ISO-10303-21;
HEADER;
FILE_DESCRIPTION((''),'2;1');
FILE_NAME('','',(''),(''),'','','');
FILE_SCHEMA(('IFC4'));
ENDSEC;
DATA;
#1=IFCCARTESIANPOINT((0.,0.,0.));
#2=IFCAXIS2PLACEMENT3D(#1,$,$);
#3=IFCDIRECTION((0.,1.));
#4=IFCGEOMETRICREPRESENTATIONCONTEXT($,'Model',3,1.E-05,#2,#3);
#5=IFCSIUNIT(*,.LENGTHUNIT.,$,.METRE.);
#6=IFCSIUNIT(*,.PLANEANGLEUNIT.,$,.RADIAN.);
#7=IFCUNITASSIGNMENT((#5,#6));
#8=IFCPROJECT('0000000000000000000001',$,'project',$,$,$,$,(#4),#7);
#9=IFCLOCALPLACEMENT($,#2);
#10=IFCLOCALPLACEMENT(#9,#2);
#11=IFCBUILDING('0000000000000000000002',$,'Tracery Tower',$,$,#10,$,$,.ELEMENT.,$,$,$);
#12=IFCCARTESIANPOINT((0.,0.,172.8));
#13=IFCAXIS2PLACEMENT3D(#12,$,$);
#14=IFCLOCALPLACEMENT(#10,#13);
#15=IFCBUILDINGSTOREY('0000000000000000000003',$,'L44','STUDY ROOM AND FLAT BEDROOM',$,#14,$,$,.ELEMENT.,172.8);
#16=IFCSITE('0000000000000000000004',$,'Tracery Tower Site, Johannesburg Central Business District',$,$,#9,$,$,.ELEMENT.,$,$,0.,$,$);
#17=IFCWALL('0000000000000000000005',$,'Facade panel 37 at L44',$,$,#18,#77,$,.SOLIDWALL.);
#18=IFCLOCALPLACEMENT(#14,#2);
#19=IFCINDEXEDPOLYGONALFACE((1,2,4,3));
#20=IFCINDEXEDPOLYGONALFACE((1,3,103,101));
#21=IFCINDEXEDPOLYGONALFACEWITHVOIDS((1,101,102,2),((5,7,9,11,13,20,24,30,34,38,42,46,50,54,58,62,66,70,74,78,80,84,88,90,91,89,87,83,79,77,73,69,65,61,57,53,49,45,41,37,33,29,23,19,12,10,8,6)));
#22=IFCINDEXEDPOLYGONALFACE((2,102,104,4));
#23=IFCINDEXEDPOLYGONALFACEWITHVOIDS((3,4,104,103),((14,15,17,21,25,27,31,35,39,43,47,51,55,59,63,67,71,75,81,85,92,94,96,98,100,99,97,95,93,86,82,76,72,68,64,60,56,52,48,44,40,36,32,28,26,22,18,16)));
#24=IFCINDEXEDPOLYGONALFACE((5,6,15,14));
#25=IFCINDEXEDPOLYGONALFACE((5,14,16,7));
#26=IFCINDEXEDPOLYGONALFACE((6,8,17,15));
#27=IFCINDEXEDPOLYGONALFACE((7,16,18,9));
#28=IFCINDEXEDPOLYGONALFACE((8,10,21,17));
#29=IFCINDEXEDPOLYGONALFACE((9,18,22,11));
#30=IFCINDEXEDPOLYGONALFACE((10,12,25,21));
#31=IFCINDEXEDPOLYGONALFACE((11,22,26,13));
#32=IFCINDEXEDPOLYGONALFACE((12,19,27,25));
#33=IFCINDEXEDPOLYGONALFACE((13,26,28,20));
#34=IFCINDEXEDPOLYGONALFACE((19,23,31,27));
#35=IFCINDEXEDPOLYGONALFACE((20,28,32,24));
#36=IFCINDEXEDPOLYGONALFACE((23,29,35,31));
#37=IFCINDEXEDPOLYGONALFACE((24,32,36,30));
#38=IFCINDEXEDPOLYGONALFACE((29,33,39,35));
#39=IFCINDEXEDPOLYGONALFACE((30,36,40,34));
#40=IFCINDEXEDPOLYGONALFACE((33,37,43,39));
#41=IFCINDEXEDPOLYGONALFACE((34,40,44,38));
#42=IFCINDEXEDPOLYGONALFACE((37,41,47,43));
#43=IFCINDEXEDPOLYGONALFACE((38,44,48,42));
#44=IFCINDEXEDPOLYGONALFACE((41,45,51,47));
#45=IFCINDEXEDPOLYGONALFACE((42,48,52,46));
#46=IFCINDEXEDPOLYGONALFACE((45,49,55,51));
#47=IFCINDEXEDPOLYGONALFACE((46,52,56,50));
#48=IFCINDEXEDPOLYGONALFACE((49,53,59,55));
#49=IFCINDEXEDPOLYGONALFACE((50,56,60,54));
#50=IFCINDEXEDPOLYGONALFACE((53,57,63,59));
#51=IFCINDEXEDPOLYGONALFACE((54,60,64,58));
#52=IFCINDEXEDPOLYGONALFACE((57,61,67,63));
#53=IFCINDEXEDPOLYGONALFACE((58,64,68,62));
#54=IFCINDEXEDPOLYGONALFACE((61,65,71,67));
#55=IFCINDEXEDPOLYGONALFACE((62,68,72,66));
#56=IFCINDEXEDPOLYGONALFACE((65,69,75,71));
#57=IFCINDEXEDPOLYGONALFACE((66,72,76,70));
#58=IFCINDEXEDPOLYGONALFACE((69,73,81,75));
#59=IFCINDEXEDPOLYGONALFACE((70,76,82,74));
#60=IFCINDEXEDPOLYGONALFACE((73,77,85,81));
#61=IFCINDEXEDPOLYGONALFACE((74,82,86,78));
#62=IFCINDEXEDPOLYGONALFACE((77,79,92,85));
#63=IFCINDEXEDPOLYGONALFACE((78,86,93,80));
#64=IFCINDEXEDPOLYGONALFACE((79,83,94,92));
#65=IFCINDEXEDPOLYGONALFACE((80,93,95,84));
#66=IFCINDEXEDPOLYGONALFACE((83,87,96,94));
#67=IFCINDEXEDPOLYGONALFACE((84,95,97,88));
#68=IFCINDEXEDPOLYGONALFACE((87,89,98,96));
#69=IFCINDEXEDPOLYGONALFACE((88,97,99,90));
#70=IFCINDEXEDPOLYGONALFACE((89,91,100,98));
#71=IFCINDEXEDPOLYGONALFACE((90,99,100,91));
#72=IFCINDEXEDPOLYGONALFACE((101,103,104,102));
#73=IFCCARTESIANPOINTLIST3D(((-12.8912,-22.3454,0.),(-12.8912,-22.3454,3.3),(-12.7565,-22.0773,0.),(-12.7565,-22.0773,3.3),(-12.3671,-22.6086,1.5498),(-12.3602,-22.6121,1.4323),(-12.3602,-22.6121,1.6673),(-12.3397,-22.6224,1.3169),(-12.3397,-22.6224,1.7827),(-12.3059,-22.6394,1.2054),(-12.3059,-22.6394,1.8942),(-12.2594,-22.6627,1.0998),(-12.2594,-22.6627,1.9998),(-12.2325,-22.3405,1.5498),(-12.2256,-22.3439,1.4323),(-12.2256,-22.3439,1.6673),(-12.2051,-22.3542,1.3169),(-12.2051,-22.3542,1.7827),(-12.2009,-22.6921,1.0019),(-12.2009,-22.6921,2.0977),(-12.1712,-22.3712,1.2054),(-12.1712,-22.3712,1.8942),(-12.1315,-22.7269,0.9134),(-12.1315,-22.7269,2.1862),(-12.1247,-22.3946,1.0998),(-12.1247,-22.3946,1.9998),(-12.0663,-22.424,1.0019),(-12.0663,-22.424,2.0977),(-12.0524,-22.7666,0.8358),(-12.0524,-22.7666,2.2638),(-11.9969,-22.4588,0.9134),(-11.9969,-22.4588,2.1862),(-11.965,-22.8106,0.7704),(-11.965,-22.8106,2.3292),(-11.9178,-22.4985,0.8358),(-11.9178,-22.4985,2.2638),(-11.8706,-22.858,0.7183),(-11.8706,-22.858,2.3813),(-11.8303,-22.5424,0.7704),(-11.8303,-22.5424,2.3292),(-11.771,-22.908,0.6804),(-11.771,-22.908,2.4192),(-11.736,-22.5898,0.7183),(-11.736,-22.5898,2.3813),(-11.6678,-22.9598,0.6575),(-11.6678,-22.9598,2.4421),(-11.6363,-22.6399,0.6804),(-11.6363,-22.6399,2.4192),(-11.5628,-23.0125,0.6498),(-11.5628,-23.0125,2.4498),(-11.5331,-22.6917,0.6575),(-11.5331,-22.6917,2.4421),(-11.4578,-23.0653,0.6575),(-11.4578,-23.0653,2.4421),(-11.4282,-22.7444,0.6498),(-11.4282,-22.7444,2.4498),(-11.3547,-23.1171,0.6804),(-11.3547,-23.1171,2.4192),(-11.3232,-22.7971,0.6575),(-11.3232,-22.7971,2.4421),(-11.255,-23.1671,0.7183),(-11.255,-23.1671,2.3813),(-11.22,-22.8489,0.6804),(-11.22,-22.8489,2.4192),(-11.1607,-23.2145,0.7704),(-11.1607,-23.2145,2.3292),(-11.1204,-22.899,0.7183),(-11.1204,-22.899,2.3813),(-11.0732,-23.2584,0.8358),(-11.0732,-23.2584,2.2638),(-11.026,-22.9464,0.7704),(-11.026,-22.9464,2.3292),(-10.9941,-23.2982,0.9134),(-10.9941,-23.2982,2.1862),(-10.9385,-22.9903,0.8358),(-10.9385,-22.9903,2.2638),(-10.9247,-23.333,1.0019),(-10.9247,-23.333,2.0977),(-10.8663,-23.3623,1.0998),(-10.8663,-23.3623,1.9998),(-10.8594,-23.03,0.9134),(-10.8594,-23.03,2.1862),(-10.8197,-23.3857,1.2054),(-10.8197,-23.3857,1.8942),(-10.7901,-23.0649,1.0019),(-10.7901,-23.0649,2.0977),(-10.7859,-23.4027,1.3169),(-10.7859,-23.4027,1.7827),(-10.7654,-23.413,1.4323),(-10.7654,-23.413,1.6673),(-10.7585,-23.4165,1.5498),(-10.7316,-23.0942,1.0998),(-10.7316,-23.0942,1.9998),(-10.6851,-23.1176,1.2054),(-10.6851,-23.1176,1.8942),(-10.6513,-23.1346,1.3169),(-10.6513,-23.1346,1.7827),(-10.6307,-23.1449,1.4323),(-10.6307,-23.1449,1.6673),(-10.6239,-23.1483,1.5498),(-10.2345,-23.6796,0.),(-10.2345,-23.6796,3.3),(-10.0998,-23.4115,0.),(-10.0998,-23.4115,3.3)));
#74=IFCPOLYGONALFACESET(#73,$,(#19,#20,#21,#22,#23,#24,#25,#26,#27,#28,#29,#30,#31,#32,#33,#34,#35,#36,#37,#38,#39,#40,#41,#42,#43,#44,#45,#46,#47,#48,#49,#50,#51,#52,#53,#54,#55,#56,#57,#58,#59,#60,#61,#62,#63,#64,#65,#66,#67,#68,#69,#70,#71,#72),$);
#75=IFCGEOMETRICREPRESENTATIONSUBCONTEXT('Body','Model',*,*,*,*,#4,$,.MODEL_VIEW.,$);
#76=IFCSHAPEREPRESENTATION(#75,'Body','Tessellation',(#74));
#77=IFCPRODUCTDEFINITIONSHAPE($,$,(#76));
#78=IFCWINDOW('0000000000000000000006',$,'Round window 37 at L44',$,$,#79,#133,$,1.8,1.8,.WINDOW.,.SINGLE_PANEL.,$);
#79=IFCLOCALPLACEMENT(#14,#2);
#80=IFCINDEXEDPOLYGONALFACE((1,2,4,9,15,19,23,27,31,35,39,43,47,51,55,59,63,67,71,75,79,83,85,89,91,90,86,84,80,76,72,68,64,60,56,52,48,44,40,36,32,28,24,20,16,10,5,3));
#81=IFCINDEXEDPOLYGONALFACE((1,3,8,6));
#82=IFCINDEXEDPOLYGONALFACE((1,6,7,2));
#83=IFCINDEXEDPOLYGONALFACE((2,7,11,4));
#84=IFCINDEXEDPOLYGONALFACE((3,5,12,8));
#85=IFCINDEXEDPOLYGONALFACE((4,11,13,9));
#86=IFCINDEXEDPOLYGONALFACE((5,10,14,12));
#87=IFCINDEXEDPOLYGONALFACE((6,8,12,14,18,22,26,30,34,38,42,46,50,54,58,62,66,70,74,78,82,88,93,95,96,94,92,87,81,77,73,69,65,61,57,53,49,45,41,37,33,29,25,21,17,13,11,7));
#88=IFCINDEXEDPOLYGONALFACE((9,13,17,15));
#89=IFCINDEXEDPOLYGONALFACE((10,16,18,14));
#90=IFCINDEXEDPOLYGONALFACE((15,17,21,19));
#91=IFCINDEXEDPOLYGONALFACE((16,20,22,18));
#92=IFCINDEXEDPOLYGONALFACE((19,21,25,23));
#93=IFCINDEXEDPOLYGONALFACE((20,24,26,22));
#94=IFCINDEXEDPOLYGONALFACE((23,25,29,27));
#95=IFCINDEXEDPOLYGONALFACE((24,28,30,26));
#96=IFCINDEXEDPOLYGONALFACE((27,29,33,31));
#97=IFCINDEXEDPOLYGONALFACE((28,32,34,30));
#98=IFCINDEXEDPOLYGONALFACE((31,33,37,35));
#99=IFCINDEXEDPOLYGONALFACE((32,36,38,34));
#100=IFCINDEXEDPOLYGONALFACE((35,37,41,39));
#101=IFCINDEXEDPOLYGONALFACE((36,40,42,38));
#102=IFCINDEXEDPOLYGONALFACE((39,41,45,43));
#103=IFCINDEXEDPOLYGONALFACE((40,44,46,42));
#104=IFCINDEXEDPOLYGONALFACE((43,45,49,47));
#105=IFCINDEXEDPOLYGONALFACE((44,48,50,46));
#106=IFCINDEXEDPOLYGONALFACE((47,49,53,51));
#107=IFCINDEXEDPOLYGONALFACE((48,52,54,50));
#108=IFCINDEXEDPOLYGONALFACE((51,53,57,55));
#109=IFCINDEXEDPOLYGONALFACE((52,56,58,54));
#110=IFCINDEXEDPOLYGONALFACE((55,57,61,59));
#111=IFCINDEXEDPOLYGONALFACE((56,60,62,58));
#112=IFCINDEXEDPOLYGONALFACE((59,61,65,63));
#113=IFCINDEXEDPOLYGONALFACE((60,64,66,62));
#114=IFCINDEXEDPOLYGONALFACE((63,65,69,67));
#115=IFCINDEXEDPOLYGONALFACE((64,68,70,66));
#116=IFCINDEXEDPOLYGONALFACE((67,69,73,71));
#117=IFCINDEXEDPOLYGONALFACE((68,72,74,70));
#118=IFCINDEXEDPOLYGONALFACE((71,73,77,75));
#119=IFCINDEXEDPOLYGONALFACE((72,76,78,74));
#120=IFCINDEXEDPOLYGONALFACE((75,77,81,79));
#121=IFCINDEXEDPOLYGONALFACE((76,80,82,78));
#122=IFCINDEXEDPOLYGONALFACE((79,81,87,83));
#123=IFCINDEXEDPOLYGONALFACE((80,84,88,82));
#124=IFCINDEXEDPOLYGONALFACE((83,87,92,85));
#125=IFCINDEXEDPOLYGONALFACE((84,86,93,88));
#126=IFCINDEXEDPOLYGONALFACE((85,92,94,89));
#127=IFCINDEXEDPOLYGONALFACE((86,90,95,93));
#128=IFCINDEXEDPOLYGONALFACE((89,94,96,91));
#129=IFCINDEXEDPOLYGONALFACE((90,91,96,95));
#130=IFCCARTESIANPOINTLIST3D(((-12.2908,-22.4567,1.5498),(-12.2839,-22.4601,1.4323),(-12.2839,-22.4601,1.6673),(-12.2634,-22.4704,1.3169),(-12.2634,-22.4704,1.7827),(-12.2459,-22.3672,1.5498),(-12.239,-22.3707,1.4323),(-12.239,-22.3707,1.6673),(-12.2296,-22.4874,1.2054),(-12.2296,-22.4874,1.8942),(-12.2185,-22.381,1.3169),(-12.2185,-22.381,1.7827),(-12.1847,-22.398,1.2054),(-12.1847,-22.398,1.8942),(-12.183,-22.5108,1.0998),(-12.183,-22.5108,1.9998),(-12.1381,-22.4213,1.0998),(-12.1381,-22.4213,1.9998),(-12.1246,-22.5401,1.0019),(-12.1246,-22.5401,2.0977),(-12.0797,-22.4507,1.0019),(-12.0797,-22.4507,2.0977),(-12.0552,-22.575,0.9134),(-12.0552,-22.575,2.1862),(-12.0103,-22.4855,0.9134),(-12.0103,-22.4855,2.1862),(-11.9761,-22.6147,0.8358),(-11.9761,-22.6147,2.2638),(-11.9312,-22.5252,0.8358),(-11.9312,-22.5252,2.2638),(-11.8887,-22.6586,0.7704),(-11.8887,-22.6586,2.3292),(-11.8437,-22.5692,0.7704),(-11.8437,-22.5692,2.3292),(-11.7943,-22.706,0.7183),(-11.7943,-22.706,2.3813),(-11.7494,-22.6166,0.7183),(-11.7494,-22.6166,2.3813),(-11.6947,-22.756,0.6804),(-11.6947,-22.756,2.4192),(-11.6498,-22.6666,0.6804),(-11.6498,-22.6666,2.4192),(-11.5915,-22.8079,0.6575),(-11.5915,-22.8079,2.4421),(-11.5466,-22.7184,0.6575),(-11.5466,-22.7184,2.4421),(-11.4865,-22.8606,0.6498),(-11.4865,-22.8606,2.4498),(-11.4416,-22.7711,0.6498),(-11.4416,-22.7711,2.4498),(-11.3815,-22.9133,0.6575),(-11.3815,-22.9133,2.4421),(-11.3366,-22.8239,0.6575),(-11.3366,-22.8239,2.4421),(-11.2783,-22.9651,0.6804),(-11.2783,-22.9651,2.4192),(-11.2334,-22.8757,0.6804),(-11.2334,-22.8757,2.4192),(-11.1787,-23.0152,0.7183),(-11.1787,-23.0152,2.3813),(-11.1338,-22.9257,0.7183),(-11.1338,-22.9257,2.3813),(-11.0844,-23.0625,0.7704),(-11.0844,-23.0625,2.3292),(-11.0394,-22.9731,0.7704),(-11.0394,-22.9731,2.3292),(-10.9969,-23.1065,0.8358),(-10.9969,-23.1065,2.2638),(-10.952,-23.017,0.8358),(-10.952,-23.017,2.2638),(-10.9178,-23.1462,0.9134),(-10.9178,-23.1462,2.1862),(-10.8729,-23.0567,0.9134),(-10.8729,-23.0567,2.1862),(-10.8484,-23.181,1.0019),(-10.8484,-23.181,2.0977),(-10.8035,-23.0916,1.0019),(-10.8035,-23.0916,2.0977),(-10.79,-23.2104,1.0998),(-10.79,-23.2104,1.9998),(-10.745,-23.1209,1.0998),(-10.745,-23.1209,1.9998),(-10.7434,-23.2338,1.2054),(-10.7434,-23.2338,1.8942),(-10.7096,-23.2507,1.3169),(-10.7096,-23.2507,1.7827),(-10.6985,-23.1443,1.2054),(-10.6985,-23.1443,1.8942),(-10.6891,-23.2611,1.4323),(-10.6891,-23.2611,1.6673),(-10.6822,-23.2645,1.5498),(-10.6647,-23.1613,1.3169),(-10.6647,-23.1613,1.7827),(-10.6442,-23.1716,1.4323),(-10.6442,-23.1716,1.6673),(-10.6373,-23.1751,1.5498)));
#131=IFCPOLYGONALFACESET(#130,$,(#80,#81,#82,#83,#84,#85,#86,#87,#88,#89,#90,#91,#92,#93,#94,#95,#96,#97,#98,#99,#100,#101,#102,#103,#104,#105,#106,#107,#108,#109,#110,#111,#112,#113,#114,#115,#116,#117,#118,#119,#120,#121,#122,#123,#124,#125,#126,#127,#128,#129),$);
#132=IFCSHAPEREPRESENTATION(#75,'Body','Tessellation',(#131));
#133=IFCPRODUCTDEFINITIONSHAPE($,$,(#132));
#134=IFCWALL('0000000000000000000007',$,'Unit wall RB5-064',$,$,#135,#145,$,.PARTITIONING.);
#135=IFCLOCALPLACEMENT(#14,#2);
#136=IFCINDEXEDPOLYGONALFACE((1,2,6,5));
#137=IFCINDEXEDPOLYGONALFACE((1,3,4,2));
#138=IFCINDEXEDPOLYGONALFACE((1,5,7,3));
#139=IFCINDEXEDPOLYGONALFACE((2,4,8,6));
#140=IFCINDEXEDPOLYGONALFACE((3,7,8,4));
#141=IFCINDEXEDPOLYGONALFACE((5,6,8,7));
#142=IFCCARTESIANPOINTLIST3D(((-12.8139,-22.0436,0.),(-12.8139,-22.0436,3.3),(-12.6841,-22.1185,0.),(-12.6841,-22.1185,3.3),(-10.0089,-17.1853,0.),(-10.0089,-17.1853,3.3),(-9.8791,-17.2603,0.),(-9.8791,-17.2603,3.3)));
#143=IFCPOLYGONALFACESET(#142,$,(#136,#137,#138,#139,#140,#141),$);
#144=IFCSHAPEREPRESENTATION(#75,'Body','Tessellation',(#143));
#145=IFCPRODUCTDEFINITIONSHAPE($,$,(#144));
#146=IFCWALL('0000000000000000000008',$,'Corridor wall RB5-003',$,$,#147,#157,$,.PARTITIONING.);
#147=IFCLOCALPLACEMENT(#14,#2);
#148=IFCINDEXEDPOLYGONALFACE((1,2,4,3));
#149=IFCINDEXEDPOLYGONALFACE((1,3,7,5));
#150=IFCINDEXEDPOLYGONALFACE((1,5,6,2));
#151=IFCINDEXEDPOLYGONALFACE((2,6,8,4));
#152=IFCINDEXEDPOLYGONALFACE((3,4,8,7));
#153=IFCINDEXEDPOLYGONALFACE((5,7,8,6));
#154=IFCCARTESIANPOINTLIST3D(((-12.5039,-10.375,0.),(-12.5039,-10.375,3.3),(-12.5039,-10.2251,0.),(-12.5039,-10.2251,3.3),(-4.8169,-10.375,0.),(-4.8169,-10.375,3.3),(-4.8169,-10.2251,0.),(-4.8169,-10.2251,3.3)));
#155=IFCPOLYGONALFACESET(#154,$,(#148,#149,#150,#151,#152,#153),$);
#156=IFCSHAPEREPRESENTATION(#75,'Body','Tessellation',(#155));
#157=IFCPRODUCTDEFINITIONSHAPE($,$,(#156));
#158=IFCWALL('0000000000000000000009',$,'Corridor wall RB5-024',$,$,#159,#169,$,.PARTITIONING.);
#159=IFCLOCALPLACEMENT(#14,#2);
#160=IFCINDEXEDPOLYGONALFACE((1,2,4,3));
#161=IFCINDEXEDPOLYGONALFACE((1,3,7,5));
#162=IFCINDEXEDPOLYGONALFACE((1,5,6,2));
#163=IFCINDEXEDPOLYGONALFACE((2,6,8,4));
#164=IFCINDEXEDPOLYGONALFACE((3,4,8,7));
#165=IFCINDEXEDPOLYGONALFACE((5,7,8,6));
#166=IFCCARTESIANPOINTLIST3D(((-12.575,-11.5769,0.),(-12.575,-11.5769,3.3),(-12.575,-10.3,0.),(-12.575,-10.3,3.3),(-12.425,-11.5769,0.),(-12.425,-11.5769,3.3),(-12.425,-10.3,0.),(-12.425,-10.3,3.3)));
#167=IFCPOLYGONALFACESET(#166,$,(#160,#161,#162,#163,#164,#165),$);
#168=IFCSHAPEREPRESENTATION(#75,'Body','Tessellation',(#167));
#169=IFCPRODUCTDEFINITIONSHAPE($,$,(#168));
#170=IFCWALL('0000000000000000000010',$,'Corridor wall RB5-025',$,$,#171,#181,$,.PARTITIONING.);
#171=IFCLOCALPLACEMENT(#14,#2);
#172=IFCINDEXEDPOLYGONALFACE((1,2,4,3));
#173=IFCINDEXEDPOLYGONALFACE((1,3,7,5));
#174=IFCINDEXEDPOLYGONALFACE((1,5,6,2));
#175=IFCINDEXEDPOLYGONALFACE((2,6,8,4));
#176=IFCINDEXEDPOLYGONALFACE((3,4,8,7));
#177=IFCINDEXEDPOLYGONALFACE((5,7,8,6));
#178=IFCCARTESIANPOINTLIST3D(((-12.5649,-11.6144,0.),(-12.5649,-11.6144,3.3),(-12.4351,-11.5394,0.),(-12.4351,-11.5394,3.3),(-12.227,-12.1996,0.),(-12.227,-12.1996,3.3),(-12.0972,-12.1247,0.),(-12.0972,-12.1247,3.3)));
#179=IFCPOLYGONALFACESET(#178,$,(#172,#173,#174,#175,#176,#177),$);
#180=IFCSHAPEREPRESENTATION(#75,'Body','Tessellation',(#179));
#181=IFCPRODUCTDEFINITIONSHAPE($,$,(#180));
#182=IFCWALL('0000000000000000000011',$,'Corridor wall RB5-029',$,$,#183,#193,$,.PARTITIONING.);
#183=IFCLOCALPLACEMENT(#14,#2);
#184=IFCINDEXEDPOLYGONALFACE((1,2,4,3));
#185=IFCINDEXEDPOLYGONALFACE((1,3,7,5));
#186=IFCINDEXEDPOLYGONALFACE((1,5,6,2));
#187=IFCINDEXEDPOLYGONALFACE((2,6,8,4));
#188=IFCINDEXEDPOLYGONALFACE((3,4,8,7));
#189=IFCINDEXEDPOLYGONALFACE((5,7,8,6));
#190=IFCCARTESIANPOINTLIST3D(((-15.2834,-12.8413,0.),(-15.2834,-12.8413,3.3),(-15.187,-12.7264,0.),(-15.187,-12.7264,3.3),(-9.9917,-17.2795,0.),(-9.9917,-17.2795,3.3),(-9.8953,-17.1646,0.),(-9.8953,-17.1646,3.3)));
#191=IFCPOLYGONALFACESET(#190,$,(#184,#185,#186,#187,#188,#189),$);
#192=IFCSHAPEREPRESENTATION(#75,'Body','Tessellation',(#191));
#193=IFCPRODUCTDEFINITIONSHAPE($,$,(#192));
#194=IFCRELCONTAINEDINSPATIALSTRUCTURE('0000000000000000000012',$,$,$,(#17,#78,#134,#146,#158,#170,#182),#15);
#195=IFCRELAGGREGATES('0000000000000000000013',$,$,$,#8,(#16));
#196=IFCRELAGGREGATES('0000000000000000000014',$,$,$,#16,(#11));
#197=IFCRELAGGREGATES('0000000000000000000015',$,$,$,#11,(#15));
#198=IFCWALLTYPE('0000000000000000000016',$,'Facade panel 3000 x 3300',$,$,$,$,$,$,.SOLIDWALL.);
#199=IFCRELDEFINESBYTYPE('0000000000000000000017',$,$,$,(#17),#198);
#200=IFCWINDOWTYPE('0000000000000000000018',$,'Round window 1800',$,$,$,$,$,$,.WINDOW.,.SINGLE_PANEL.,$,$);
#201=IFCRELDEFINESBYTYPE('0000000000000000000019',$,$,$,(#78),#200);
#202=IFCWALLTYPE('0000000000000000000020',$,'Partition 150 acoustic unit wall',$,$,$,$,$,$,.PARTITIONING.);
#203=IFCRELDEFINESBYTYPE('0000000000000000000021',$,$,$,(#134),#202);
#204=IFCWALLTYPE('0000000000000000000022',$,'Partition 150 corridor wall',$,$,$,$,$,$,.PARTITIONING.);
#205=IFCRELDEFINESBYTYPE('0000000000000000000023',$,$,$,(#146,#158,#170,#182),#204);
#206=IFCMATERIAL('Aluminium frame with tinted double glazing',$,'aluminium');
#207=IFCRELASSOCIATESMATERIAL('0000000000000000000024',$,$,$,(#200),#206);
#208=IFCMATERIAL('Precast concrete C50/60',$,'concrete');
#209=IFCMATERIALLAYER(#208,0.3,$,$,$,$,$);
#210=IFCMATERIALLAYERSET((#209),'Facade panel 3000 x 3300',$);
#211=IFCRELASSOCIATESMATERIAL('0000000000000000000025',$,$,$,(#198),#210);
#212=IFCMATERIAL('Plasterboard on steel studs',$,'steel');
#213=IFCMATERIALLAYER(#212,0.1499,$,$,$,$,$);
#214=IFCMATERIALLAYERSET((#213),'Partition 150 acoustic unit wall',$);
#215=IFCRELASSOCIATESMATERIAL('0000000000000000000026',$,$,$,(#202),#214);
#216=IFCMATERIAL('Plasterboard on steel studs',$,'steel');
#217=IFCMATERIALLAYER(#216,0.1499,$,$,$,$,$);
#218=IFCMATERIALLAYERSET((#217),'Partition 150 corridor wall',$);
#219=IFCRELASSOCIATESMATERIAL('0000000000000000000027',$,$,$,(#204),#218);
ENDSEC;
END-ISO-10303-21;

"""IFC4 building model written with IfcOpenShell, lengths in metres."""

from ifc_helpers import new_model, si_unit, direction, frame, frame_2d, origin, origin_2d, place, context, subcontext, project, spatial, rectangle, circle, extrude, material, layer, layer_set, type_object, element, fill, save


model = new_model("IFC4")

# Units and contexts
model_context = context("Model", 3, precision=1e-05, world=origin(), true_north=direction((0.0, 1.0)))
body_context = subcontext(model_context, "Body", "Model", "MODEL_VIEW")
ifc_project = project(units=[si_unit("LENGTHUNIT", "METRE"), si_unit("PLANEANGLEUNIT", "RADIAN")], contexts=[model_context])

# Site, building, storey
site_placement = place(None, origin())
site = spatial("IfcSite", under=ifc_project, at=site_placement, Name="Tracery Tower Site, Johannesburg Central Business District", CompositionType="ELEMENT", RefElevation=0.0)
building_placement = place(site_placement, origin())
building = spatial("IfcBuilding", under=site, at=building_placement, Name="Tracery Tower", CompositionType="ELEMENT")
storey_placement = place(building_placement, frame((0.0, 0.0, 172.8)))
storey = spatial("IfcBuildingStorey", under=building, at=storey_placement, Name="L44", Description="STUDY ROOM AND FLAT BEDROOM", CompositionType="ELEMENT", Elevation=172.8)

# Wall, opening, window
ifc_material_1 = material(Name="Aluminium frame with tinted double glazing", Category="aluminium")
window_type = type_object("IfcWindowType", Name="Round window 1800", PartitioningType="SINGLE_PANEL", PredefinedType="WINDOW", material=ifc_material_1)
ifc_material_2 = material(Name="Precast concrete C50/60", Category="concrete")
ifc_layer_1 = layer(ifc_material_2, 0.3)
ifc_layer_set_1 = layer_set([ifc_layer_1], Name="Facade panel 3000 x 3300")
wall_type_1 = type_object("IfcWallType", Name="Facade panel 3000 x 3300", PredefinedType="SOLIDWALL", material=ifc_layer_set_1)
wall_1_placement = place(storey_placement, frame((-12.8237, -22.2114, 0.0), z_axis=(0.0, 0.0, 1.0), x_axis=(0.893637, -0.44879, 0.0)))
wall_1 = element("IfcWall", 1, at=wall_1_placement, inside=storey, type_object=wall_type_1, Name="Facade panel 37 at L44", PredefinedType="SOLIDWALL", context=body_context, shape_type="SweptSolid", body=[
    extrude(rectangle(XDim=2.9729, YDim=0.3, at=frame_2d((1.4863, 0.0))), origin(), (0.0, 0.0, 1.0), 3.3),
])
opening_1_placement = place(wall_1_placement, frame((1.4863, 0.0, 1.5498)))
opening_1 = element("IfcOpeningElement", 2, at=opening_1_placement, cuts=wall_1, PredefinedType="OPENING", context=body_context, shape_type="SweptSolid", body=[
    extrude(circle(Radius=0.9, at=origin_2d()), frame((0.0, 0.1599, 0.0), z_axis=(0.0, -1.0, 0.0), x_axis=(1.0, 0.0, 0.0)), (0.0, 0.0, 1.0), 0.3201),
])
window_1_placement = place(opening_1_placement, origin())
window_1 = element("IfcWindow", 3, at=window_1_placement, inside=storey, type_object=window_type, Name="Round window 37 at L44", OverallHeight=1.8, OverallWidth=1.8, PartitioningType="SINGLE_PANEL", PredefinedType="WINDOW", context=body_context, shape_type="SweptSolid", body=[
    extrude(circle(Radius=0.9, at=origin_2d()), frame((0.0, 0.1201, 0.0), z_axis=(0.0, -1.0, 0.0), x_axis=(1.0, 0.0, 0.0)), (0.0, 0.0, 1.0), 0.1001),
])
fill(opening_1, window_1)

# Walls
ifc_material_3 = material(Name="Plasterboard on steel studs", Category="steel")
ifc_layer_2 = layer(ifc_material_3, 0.1499)
ifc_layer_set_2 = layer_set([ifc_layer_2], Name="Partition 150 acoustic unit wall")
wall_type_2 = type_object("IfcWallType", Name="Partition 150 acoustic unit wall", PredefinedType="PARTITIONING", material=ifc_layer_set_2)
wall_2_placement = place(storey_placement, frame((-12.749, -22.0811, 0.0), z_axis=(0.0, 0.0, 1.0), x_axis=(0.50001, 0.86602, 0.0)))
element("IfcWall", 4, at=wall_2_placement, inside=storey, type_object=wall_type_2, Name="Unit wall RB5-064", PredefinedType="PARTITIONING", context=body_context, shape_type="SweptSolid", body=[
    extrude(rectangle(XDim=5.6099, YDim=0.1499, at=frame_2d((2.8049, 0.0))), origin(), (0.0, 0.0, 1.0), 3.3),
])
ifc_material_4 = material(Name="Plasterboard on steel studs", Category="steel")
ifc_layer_3 = layer(ifc_material_4, 0.1499)
ifc_layer_set_3 = layer_set([ifc_layer_3], Name="Partition 150 corridor wall")
wall_type_3 = type_object("IfcWallType", Name="Partition 150 corridor wall", PredefinedType="PARTITIONING", material=ifc_layer_set_3)
wall_3_placement = place(storey_placement, frame((-12.5039, -10.3, 0.0), z_axis=(0.0, 0.0, 1.0), x_axis=(1.0, 0.0, 0.0)))
element("IfcWall", 5, at=wall_3_placement, inside=storey, type_object=wall_type_3, Name="Corridor wall RB5-003", PredefinedType="PARTITIONING", context=body_context, shape_type="SweptSolid", body=[
    extrude(rectangle(XDim=7.687, YDim=0.1499, at=frame_2d((3.8435, 0.0))), origin(), (0.0, 0.0, 1.0), 3.3),
])
wall_4_placement = place(storey_placement, frame((-12.5, -11.5769, 0.0), z_axis=(0.0, 0.0, 1.0), x_axis=(0.0, 1.0, 0.0)))
element("IfcWall", 6, at=wall_4_placement, inside=storey, type_object=wall_type_3, Name="Corridor wall RB5-024", PredefinedType="PARTITIONING", context=body_context, shape_type="SweptSolid", body=[
    extrude(rectangle(XDim=1.2769, YDim=0.1499, at=frame_2d((0.6384, 0.0))), origin(), (0.0, 0.0, 1.0), 3.3),
])
wall_5_placement = place(storey_placement, frame((-12.5, -11.5769, 0.0), z_axis=(0.0, 0.0, 1.0), x_axis=(0.500025, -0.866011, 0.0)))
element("IfcWall", 7, at=wall_5_placement, inside=storey, type_object=wall_type_3, Name="Corridor wall RB5-025", PredefinedType="PARTITIONING", context=body_context, shape_type="SweptSolid", body=[
    extrude(rectangle(XDim=0.6758, YDim=0.1499, at=frame_2d((0.3379, 0.0))), origin(), (0.0, 0.0, 1.0), 3.3),
])
wall_6_placement = place(storey_placement, frame((-15.2351, -12.7839, 0.0), z_axis=(0.0, 0.0, 1.0), x_axis=(0.766192, -0.642612, 0.0)))
element("IfcWall", 8, at=wall_6_placement, inside=storey, type_object=wall_type_3, Name="Corridor wall RB5-029", PredefinedType="PARTITIONING", context=body_context, shape_type="SweptSolid", body=[
    extrude(rectangle(XDim=6.9065, YDim=0.1499, at=frame_2d((3.4531, 0.0))), origin(), (0.0, 0.0, 1.0), 3.3),
])

save(model, "model.ifc")
